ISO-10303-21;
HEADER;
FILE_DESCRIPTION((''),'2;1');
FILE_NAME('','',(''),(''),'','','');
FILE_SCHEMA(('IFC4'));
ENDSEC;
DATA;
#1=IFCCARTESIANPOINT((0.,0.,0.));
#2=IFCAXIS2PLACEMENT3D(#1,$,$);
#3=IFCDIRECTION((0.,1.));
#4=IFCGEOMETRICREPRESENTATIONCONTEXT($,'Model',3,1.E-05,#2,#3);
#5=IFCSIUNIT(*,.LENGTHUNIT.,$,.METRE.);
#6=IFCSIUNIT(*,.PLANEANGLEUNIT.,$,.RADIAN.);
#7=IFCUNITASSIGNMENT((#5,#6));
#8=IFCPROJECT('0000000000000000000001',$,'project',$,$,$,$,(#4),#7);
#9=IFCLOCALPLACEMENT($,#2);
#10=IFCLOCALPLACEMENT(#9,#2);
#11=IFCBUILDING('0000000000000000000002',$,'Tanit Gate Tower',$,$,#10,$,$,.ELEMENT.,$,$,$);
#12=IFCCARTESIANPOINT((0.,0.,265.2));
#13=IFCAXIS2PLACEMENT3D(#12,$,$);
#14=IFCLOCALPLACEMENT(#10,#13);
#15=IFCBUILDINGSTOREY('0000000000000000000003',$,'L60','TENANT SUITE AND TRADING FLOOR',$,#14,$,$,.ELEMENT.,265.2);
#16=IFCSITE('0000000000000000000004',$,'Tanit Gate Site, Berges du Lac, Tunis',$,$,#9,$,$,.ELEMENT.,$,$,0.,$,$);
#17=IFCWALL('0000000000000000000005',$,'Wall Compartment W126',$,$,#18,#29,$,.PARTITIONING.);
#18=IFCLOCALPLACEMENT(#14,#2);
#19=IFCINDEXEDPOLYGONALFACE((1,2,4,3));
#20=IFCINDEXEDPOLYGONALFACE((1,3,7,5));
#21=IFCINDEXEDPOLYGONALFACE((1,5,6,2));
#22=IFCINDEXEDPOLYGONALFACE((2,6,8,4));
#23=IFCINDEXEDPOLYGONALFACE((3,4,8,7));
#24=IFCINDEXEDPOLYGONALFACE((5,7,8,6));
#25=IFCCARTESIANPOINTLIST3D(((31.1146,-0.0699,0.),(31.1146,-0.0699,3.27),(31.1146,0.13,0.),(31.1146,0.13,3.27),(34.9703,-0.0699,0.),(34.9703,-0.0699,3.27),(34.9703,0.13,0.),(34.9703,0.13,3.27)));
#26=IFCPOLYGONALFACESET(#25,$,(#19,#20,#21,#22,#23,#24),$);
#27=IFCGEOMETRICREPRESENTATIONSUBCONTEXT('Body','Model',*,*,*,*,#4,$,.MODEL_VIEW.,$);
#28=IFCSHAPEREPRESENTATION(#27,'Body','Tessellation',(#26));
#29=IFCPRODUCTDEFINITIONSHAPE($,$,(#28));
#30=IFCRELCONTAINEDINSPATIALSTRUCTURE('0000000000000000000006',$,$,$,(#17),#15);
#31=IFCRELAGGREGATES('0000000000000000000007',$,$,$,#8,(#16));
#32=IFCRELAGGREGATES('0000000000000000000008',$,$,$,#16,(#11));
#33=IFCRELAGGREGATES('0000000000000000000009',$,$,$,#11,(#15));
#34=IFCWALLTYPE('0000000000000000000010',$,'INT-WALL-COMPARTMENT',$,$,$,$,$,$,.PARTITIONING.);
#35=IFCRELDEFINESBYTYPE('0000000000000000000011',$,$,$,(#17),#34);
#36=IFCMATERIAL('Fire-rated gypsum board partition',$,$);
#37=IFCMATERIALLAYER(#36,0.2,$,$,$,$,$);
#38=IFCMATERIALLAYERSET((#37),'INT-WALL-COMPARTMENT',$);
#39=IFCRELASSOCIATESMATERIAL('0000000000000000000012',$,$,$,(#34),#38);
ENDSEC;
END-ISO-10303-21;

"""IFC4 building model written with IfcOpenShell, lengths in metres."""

from ifc_helpers import new_model, si_unit, direction, frame, frame_2d, origin, place, context, subcontext, project, spatial, rectangle, extrude, material, layer, layer_set, type_object, element, save


model = new_model("IFC4")

# Units and contexts
model_context = context("Model", 3, precision=1e-05, world=origin(), true_north=direction((0.0, 1.0)))
body_context = subcontext(model_context, "Body", "Model", "MODEL_VIEW")
ifc_project = project(units=[si_unit("LENGTHUNIT", "METRE"), si_unit("PLANEANGLEUNIT", "RADIAN")], contexts=[model_context])

# Site, building, storey
site_placement = place(None, origin())
site = spatial("IfcSite", under=ifc_project, at=site_placement, Name="Tanit Gate Site, Berges du Lac, Tunis", CompositionType="ELEMENT", RefElevation=0.0)
building_placement = place(site_placement, origin())
building = spatial("IfcBuilding", under=site, at=building_placement, Name="Tanit Gate Tower", CompositionType="ELEMENT")
storey_placement = place(building_placement, frame((0.0, 0.0, 265.2)))
storey = spatial("IfcBuildingStorey", under=building, at=storey_placement, Name="L60", Description="TENANT SUITE AND TRADING FLOOR", CompositionType="ELEMENT", Elevation=265.2)

# Wall
ifc_material_1 = material(Name="Fire-rated gypsum board partition")
ifc_layer_1 = layer(ifc_material_1, 0.2)
ifc_layer_set_1 = layer_set([ifc_layer_1], Name="INT-WALL-COMPARTMENT")
wall_type_1 = type_object("IfcWallType", Name="INT-WALL-COMPARTMENT", PredefinedType="PARTITIONING", material=ifc_layer_set_1)
wall_1_placement = place(storey_placement, frame((34.9702, 0.03, 0.0), z_axis=(0.0, 0.0, 1.0), x_axis=(-1.0, 0.0, 0.0)))
element("IfcWall", 1, at=wall_1_placement, inside=storey, type_object=wall_type_1, Name="Wall Compartment W126", PredefinedType="PARTITIONING", context=body_context, shape_type="SweptSolid", body=[
    extrude(rectangle(XDim=3.8557, YDim=0.2, at=frame_2d((1.9277, 0.0))), origin(), (0.0, 0.0, 1.0), 3.27),
])

save(model, "model.ifc")
